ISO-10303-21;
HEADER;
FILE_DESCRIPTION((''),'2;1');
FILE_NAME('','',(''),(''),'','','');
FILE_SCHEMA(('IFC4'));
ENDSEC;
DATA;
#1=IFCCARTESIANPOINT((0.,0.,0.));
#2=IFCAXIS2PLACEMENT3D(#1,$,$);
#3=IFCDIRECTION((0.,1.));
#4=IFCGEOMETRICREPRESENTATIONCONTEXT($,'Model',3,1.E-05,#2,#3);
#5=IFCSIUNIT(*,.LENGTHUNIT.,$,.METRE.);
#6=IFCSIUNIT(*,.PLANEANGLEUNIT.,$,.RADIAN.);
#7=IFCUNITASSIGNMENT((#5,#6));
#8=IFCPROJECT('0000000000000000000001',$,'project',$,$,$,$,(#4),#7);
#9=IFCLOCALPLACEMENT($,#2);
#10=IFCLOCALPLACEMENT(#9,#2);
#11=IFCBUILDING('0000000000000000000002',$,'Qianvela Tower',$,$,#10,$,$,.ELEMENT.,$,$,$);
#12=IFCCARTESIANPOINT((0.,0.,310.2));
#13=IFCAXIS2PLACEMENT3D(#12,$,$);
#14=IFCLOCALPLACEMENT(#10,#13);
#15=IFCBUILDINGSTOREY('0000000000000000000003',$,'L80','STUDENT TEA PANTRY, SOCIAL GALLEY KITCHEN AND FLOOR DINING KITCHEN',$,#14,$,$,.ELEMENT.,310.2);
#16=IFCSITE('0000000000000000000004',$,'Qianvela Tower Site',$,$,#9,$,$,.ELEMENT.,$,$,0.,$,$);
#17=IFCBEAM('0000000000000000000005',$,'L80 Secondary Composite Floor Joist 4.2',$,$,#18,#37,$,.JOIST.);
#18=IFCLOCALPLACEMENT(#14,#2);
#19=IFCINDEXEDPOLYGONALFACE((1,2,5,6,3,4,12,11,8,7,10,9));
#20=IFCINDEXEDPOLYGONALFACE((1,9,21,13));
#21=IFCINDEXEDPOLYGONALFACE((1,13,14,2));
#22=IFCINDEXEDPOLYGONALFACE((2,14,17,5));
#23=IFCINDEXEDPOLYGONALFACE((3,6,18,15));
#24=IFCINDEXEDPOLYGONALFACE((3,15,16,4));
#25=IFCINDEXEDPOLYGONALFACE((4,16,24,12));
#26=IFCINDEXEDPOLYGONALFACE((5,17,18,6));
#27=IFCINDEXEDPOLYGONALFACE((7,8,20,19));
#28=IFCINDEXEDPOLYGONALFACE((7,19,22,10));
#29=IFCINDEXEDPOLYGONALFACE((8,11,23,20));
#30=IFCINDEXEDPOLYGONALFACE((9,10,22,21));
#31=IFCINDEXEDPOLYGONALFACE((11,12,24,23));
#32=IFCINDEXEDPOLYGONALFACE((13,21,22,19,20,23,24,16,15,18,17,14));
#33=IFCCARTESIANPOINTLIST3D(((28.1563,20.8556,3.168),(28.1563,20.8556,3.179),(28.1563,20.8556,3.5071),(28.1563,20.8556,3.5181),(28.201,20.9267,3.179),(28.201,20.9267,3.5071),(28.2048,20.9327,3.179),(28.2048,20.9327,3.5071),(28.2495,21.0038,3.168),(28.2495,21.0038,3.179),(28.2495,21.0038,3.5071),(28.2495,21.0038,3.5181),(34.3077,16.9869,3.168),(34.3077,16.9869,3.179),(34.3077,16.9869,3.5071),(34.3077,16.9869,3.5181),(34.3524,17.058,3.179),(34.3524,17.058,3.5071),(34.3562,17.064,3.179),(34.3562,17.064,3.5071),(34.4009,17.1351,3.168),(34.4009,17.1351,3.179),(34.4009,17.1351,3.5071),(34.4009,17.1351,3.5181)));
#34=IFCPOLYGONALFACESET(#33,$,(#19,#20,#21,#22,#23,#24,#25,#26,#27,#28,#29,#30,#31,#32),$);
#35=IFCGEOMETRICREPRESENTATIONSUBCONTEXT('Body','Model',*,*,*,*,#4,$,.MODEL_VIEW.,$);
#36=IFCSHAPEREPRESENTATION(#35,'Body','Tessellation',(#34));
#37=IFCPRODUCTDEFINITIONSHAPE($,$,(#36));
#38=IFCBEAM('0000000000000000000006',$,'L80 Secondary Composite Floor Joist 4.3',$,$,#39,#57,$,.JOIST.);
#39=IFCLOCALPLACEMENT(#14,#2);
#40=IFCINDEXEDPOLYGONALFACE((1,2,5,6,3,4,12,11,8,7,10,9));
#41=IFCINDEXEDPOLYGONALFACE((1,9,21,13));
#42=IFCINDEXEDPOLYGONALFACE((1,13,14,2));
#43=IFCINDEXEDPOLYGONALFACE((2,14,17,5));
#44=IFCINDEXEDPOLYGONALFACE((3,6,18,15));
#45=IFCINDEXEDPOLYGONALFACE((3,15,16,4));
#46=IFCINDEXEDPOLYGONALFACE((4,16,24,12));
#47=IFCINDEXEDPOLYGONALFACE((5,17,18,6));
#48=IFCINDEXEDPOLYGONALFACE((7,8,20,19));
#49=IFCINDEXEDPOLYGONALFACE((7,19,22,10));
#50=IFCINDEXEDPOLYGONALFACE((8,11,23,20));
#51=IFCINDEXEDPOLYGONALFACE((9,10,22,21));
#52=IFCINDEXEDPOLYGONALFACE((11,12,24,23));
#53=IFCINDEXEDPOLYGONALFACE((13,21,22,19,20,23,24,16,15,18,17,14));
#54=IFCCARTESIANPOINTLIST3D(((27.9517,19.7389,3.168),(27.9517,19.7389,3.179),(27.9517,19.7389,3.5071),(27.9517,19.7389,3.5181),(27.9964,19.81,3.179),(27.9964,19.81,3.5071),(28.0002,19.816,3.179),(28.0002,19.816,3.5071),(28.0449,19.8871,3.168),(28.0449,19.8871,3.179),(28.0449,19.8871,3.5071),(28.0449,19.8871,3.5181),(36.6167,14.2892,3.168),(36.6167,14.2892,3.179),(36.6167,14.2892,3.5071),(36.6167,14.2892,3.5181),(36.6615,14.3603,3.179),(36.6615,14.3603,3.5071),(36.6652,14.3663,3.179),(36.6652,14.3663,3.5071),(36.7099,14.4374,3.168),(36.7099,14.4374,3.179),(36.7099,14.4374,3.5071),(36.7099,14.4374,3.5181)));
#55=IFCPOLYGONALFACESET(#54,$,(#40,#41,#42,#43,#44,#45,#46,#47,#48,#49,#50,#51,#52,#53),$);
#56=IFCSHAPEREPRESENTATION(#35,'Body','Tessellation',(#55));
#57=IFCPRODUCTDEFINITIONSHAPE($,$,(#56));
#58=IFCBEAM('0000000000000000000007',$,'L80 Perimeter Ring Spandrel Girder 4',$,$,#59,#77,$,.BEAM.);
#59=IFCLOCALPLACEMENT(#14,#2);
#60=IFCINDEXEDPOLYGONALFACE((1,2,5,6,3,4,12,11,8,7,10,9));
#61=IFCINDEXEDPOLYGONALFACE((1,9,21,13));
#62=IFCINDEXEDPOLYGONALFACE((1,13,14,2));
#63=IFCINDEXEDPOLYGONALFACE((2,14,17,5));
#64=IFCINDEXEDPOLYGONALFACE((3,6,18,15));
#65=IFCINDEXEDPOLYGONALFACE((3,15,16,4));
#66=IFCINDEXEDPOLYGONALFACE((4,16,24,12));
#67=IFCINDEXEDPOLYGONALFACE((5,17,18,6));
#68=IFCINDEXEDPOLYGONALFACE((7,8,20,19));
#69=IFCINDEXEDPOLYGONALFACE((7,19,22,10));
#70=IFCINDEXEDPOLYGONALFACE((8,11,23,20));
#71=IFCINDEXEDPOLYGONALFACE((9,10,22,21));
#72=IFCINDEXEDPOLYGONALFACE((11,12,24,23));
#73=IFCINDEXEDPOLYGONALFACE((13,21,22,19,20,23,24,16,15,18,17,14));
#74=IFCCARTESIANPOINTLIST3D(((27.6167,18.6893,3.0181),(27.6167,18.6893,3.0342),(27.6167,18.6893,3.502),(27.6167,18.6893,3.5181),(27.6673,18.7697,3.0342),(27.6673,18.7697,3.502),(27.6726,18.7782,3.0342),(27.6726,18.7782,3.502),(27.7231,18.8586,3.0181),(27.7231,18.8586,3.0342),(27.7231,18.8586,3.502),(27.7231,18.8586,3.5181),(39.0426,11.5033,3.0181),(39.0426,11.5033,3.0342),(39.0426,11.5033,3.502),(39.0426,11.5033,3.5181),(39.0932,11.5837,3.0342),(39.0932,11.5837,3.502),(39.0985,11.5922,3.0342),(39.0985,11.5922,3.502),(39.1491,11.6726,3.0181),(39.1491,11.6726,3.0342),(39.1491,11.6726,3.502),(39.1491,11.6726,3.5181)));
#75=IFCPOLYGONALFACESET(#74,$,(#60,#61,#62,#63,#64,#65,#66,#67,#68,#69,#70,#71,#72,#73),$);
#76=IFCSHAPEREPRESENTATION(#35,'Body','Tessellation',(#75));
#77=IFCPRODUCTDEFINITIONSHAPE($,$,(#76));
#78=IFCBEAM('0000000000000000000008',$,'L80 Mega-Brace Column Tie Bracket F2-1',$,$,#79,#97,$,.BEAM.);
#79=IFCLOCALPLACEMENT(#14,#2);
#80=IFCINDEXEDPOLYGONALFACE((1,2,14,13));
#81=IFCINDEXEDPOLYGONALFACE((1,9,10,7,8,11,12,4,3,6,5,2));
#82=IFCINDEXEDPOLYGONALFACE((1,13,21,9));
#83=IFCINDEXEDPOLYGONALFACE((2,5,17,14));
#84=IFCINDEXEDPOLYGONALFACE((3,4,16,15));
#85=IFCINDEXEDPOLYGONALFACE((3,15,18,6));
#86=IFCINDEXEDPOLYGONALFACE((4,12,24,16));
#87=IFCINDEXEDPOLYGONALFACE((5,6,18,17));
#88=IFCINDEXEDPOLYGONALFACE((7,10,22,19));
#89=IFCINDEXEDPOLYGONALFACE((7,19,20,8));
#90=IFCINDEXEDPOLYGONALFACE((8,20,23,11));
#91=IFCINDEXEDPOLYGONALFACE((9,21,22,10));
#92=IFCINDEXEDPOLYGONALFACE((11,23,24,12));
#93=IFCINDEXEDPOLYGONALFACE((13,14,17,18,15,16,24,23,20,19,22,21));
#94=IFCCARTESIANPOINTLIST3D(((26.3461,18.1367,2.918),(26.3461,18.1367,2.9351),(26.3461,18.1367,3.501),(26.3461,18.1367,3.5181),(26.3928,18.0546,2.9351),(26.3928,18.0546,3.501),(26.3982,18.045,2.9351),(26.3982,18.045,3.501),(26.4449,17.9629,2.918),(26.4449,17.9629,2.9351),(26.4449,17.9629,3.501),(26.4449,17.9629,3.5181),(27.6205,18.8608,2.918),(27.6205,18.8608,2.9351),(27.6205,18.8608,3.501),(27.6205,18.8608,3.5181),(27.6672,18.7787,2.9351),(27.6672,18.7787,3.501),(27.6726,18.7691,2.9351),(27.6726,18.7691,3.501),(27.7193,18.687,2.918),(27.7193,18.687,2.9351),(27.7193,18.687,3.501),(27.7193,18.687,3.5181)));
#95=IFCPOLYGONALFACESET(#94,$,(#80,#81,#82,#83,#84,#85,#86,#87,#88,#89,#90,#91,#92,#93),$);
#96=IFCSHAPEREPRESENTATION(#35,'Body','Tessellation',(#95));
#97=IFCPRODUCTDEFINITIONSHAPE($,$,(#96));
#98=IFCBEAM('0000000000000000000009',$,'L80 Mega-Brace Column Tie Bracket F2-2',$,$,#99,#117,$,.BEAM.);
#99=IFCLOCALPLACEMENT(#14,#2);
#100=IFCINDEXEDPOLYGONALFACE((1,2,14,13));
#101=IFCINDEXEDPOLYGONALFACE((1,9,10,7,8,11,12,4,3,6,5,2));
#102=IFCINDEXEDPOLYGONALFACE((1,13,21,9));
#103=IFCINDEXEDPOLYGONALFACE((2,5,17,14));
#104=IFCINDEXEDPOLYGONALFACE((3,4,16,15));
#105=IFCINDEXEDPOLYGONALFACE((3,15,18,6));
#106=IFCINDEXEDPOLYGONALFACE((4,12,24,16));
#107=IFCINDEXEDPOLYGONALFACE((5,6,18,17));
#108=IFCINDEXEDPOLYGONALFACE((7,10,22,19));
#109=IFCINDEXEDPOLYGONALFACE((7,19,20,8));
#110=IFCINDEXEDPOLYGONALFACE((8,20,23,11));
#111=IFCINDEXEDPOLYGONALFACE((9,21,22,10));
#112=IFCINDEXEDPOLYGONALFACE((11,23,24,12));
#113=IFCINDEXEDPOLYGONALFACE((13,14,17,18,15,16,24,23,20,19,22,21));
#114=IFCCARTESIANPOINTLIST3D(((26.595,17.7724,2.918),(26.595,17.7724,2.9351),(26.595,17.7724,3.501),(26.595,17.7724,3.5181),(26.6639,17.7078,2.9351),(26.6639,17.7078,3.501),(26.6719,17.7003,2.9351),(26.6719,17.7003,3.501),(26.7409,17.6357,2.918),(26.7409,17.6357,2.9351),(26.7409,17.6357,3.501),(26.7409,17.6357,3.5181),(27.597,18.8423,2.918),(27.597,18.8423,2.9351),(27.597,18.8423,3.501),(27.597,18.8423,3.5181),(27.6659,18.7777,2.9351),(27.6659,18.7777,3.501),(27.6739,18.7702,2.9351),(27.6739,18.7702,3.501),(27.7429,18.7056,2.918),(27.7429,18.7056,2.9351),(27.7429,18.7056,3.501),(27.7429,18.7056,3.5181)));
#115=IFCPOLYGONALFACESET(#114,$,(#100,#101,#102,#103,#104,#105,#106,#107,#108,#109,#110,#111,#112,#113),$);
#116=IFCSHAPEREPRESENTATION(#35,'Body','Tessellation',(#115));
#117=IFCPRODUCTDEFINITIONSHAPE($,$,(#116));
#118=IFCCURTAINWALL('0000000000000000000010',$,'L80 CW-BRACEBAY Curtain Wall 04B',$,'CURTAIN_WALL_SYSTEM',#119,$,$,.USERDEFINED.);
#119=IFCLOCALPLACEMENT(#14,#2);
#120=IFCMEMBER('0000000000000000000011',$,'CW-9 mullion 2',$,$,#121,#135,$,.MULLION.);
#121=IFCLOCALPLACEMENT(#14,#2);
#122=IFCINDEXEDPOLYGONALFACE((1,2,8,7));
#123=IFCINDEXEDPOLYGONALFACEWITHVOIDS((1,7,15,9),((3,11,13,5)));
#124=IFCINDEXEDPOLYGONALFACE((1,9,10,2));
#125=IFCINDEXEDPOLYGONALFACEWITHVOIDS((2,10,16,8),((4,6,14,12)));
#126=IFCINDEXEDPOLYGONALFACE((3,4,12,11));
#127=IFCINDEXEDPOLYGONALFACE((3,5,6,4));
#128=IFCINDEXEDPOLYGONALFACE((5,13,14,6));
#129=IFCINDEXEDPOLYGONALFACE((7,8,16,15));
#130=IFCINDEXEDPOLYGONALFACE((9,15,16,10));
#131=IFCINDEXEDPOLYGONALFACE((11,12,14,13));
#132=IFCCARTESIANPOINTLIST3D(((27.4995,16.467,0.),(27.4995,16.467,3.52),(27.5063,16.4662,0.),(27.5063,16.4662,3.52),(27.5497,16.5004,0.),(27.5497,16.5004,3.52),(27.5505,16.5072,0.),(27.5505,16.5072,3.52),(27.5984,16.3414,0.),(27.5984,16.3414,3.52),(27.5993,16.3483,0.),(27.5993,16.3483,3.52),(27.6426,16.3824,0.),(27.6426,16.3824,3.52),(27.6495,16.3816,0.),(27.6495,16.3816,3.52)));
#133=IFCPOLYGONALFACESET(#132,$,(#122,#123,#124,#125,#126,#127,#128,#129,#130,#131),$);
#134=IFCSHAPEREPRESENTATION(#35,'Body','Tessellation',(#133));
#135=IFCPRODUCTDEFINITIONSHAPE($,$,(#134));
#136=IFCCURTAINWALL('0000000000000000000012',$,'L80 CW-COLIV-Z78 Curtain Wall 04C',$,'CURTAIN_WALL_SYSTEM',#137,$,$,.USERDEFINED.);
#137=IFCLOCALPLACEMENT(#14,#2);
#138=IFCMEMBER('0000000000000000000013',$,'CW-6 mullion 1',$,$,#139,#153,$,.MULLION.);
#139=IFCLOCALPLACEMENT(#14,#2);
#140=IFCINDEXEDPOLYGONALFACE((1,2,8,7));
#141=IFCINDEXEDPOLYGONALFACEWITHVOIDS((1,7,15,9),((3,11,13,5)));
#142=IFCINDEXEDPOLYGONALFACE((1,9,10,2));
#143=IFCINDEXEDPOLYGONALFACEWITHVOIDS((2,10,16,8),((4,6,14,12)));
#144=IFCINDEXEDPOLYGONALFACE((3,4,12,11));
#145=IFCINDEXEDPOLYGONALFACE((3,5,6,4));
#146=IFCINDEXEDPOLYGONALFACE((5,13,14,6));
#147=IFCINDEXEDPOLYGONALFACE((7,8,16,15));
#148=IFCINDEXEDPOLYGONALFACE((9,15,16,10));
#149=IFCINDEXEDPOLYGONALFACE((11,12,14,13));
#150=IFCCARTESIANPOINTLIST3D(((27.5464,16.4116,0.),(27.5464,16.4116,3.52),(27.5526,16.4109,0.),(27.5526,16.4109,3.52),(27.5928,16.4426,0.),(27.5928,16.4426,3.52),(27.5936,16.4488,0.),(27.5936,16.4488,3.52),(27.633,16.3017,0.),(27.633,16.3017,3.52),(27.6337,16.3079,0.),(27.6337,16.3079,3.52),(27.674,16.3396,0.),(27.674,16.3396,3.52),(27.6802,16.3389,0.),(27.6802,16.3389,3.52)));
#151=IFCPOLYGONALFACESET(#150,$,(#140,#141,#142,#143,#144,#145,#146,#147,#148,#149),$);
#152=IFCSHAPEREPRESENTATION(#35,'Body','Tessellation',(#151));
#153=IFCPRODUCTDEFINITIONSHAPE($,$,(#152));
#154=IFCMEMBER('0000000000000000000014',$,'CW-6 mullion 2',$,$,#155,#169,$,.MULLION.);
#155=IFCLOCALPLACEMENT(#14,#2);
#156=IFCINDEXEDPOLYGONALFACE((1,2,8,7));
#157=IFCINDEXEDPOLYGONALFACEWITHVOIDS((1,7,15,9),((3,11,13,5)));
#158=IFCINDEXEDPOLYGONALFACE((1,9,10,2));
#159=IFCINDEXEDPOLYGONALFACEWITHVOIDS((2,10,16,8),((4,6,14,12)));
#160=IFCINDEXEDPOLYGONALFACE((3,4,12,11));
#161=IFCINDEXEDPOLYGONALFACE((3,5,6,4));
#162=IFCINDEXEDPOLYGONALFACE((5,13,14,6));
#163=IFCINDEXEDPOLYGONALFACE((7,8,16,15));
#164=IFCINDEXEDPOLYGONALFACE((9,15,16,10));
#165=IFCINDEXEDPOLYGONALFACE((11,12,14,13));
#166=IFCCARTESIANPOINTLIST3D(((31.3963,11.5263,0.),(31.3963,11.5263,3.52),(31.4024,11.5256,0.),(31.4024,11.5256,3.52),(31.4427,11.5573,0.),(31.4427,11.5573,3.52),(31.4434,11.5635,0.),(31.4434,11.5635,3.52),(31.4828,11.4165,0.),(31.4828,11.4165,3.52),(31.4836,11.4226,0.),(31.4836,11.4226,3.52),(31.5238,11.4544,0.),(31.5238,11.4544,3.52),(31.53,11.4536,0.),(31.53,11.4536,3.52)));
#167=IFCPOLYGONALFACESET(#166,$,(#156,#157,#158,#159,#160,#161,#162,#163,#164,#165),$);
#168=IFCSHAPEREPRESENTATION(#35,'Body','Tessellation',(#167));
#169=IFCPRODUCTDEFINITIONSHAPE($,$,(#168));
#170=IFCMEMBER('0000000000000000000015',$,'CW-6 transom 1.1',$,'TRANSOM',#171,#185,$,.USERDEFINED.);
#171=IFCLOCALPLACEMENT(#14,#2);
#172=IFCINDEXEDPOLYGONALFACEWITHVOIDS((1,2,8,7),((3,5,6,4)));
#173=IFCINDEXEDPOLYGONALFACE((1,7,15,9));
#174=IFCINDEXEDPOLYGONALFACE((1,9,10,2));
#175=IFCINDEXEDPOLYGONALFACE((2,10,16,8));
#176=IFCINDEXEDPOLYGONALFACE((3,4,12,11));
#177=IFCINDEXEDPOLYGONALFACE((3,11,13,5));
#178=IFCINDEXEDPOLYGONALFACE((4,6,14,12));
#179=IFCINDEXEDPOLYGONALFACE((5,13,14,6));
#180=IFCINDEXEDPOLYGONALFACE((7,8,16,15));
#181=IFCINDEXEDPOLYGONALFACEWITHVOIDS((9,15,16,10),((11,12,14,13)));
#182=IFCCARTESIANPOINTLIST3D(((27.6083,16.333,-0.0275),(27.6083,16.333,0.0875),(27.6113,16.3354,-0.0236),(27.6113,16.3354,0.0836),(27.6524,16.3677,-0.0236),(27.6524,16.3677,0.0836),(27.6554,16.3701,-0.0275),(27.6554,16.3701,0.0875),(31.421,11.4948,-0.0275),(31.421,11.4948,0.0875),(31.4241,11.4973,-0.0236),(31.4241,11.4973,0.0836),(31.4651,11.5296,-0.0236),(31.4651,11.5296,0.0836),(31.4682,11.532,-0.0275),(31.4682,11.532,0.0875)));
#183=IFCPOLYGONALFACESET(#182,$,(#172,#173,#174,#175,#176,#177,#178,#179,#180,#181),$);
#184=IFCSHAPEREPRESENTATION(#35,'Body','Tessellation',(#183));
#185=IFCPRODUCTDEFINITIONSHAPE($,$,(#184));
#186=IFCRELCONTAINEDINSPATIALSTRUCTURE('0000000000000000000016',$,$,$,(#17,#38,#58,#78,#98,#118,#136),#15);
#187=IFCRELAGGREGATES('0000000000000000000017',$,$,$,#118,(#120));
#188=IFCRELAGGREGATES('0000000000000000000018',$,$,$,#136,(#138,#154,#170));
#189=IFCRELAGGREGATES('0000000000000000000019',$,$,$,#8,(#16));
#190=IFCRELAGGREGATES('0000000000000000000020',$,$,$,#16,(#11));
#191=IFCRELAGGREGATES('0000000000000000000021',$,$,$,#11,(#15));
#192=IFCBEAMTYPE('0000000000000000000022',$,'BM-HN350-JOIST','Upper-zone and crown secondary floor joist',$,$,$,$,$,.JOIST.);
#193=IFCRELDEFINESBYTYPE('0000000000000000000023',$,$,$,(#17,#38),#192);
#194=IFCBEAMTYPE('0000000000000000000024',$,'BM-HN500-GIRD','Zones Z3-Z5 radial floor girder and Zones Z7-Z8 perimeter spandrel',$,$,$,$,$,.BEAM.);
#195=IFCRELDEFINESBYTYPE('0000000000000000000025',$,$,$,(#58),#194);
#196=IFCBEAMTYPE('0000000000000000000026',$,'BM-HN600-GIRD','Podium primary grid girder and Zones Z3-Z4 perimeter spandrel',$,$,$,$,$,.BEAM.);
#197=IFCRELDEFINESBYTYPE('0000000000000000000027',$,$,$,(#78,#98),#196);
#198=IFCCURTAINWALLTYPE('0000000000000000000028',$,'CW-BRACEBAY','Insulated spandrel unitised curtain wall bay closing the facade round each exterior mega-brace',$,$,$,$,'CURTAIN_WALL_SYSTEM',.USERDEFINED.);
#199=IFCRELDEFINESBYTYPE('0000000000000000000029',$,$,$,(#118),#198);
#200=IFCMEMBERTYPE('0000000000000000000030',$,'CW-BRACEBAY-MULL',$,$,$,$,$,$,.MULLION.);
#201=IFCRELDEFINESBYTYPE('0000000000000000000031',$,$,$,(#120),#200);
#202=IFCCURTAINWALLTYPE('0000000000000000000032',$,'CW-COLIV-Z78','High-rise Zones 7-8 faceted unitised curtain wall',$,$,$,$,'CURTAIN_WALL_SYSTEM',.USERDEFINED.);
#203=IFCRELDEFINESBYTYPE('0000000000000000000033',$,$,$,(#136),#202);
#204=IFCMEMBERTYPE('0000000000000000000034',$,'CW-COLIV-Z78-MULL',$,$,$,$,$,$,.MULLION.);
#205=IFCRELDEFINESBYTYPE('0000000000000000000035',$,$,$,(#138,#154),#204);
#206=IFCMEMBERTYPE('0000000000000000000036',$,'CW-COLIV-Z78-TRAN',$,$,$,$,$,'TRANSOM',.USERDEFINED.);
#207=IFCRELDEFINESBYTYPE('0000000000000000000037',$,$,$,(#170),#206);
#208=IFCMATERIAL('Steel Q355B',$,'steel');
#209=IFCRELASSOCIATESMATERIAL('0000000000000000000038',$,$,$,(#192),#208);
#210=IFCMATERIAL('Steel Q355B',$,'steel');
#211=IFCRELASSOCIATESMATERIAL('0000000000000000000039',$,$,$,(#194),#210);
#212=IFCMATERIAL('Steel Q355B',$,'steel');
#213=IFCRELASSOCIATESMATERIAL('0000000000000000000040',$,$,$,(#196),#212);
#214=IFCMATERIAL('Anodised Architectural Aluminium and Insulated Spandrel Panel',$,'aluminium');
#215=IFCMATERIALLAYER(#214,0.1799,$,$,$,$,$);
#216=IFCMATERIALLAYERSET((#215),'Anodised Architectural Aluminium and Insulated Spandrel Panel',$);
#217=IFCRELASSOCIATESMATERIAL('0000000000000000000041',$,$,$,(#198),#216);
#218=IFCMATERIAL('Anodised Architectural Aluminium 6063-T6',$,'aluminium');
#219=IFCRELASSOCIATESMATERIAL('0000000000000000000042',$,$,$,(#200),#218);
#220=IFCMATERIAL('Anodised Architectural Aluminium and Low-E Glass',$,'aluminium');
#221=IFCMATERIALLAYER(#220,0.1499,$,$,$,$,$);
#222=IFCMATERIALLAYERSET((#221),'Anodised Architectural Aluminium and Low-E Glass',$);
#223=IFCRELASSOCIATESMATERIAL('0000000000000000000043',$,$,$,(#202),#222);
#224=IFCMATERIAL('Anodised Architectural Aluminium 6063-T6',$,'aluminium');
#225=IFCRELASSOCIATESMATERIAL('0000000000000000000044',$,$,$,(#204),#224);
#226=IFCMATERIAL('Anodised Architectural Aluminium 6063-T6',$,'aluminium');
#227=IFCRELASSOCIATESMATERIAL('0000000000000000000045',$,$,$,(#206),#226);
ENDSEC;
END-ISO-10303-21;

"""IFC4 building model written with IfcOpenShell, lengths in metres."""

from ifc_helpers import new_model, si_unit, direction, frame, origin, origin_2d, place, context, subcontext, project, spatial, hollow_rectangle, i_section, extrude, material, layer, layer_set, material_profile, profile_set, type_object, element, aggregate, save


model = new_model("IFC4")

# Units and contexts
model_context = context("Model", 3, precision=1e-05, world=origin(), true_north=direction((0.0, 1.0)))
body_context = subcontext(model_context, "Body", "Model", "MODEL_VIEW")
ifc_project = project(units=[si_unit("LENGTHUNIT", "METRE"), si_unit("PLANEANGLEUNIT", "RADIAN")], contexts=[model_context])

# Site, building, storey
site_placement = place(None, origin())
site = spatial("IfcSite", under=ifc_project, at=site_placement, Name="Qianvela Tower Site", CompositionType="ELEMENT", RefElevation=0.0)
building_placement = place(site_placement, origin())
building = spatial("IfcBuilding", under=site, at=building_placement, Name="Qianvela Tower", CompositionType="ELEMENT")
storey_placement = place(building_placement, frame((0.0, 0.0, 310.2)))
storey = spatial("IfcBuildingStorey", under=building, at=storey_placement, Name="L80", Description="STUDENT TEA PANTRY, SOCIAL GALLEY KITCHEN AND FLOOR DINING KITCHEN", CompositionType="ELEMENT", Elevation=310.2)

# Beams
ifc_material_1 = material(Name="Steel Q355B", Category="steel")
ifc_material_profile_1 = material_profile(ifc_material_1, i_section(OverallWidth=0.175, OverallDepth=0.3501, WebThickness=0.0071, FlangeThickness=0.011, at=origin_2d()), Name="HN350x175x7x11")
ifc_profile_set_1 = profile_set([ifc_material_profile_1], Name="Steel Q355B")
beam_type_1 = type_object("IfcBeamType", Name="BM-HN350-JOIST", Description="Upper-zone and crown secondary floor joist", PredefinedType="JOIST", material=ifc_profile_set_1)
beam_1_placement = place(storey_placement, frame((28.2029, 20.9297, 3.343), z_axis=(0.846508, -0.532377, 0.0), x_axis=(0.532377, 0.846508, 0.0)))
element("IfcBeam", 1, at=beam_1_placement, inside=storey, type_object=beam_type_1, Name="L80 Secondary Composite Floor Joist 4.2", PredefinedType="JOIST", context=body_context, shape_type="SweptSolid", body=[
    extrude(i_section(OverallWidth=0.175, OverallDepth=0.3501, WebThickness=0.0071, FlangeThickness=0.011, at=origin_2d()), origin(), (0.0, 0.0, 1.0), 7.2668),
])
beam_2_placement = place(storey_placement, frame((27.9983, 19.813, 3.343), z_axis=(0.8465, -0.532389, 0.0), x_axis=(0.532389, 0.8465, 0.0)))
element("IfcBeam", 2, at=beam_2_placement, inside=storey, type_object=beam_type_1, Name="L80 Secondary Composite Floor Joist 4.3", PredefinedType="JOIST", context=body_context, shape_type="SweptSolid", body=[
    extrude(i_section(OverallWidth=0.175, OverallDepth=0.3501, WebThickness=0.0071, FlangeThickness=0.011, at=origin_2d()), origin(), (0.0, 0.0, 1.0), 10.2363),
])
ifc_material_2 = material(Name="Steel Q355B", Category="steel")
ifc_material_profile_2 = material_profile(ifc_material_2, i_section(OverallWidth=0.2, OverallDepth=0.5, WebThickness=0.01, FlangeThickness=0.0161, at=origin_2d()), Name="HN500x200x10x16")
ifc_profile_set_2 = profile_set([ifc_material_profile_2], Name="Steel Q355B")
beam_type_2 = type_object("IfcBeamType", Name="BM-HN500-GIRD", Description="Zones Z3-Z5 radial floor girder and Zones Z7-Z8 perimeter spandrel", PredefinedType="BEAM", material=ifc_profile_set_2)
beam_3_placement = place(storey_placement, frame((27.6699, 18.7739, 3.2681), z_axis=(0.846504, -0.532382, 0.0), x_axis=(0.532382, 0.846504, 0.0)))
element("IfcBeam", 3, at=beam_3_placement, inside=storey, type_object=beam_type_2, Name="L80 Perimeter Ring Spandrel Girder 4", PredefinedType="BEAM", context=body_context, shape_type="SweptSolid", body=[
    extrude(i_section(OverallWidth=0.2, OverallDepth=0.5, WebThickness=0.01, FlangeThickness=0.0161, at=origin_2d()), origin(), (0.0, 0.0, 1.0), 13.4978),
])
ifc_material_3 = material(Name="Steel Q355B", Category="steel")
ifc_material_profile_3 = material_profile(ifc_material_3, i_section(OverallWidth=0.2, OverallDepth=0.6001, WebThickness=0.011, FlangeThickness=0.0171, at=origin_2d()), Name="HN600x200x11x17")
ifc_profile_set_3 = profile_set([ifc_material_profile_3], Name="Steel Q355B")
beam_type_3 = type_object("IfcBeamType", Name="BM-HN600-GIRD", Description="Podium primary grid girder and Zones Z3-Z4 perimeter spandrel", PredefinedType="BEAM", material=ifc_profile_set_3)
for number, where, z_axis, x_axis, name in (
    (4, (27.6699, 18.7739, 3.218), (-0.86945, -0.494021, 0.0), (0.494021, -0.86945, 0.0), "L80 Mega-Brace Column Tie Bracket F2-1"),
    (5, (27.6699, 18.7739, 3.218), (-0.683575, -0.72988, 0.0), (0.72988, -0.683575, 0.0), "L80 Mega-Brace Column Tie Bracket F2-2"),
):
    element("IfcBeam", number, at=place(storey_placement, frame(where, z_axis=z_axis, x_axis=x_axis)), inside=storey, type_object=beam_type_3, Name=name, PredefinedType="BEAM", context=body_context, shape_type="SweptSolid", body=[
        extrude(i_section(OverallWidth=0.2, OverallDepth=0.6001, WebThickness=0.011, FlangeThickness=0.0171, at=origin_2d()), origin(), (0.0, 0.0, 1.0), 1.4658),
    ])

# Curtain wall, member
ifc_material_4 = material(Name="Anodised Architectural Aluminium and Insulated Spandrel Panel", Category="aluminium")
ifc_layer_1 = layer(ifc_material_4, 0.1799)
ifc_layer_set_1 = layer_set([ifc_layer_1], Name="Anodised Architectural Aluminium and Insulated Spandrel Panel")
curtain_wall_type_1 = type_object("IfcCurtainWallType", Name="CW-BRACEBAY", Description="Insulated spandrel unitised curtain wall bay closing the facade round each exterior mega-brace", ElementType="CURTAIN_WALL_SYSTEM", PredefinedType="USERDEFINED", material=ifc_layer_set_1)
curtain_wall_1_placement = place(storey_placement, origin())
curtain_wall_1 = element("IfcCurtainWall", 6, at=curtain_wall_1_placement, inside=storey, type_object=curtain_wall_type_1, Name="L80 CW-BRACEBAY Curtain Wall 04B", ObjectType="CURTAIN_WALL_SYSTEM", PredefinedType="USERDEFINED")
ifc_material_5 = material(Name="Anodised Architectural Aluminium 6063-T6", Category="aluminium")
ifc_material_profile_4 = material_profile(ifc_material_5, hollow_rectangle(XDim=0.0649, YDim=0.1599, WallThickness=0.0049, at=origin_2d()), Name="ALU-MULL-65x160")
ifc_profile_set_4 = profile_set([ifc_material_profile_4], Name="Anodised Architectural Aluminium 6063-T6")
member_type_1 = type_object("IfcMemberType", Name="CW-BRACEBAY-MULL", PredefinedType="MULLION", material=ifc_profile_set_4)
member_1_placement = place(storey_placement, frame((27.5745, 16.4243, 0.0), z_axis=(0.0, 0.0, 1.0), x_axis=(0.785424, 0.618959, 0.0)))
member_1 = element("IfcMember", 7, at=member_1_placement, type_object=member_type_1, Name="CW-9 mullion 2", PredefinedType="MULLION", context=body_context, shape_type="SweptSolid", body=[
    extrude(hollow_rectangle(XDim=0.0649, YDim=0.1599, WallThickness=0.0049, at=origin_2d()), origin(), (0.0, 0.0, 1.0), 3.52),
])
aggregate(curtain_wall_1, [member_1])

# Curtain wall, members
ifc_material_6 = material(Name="Anodised Architectural Aluminium and Low-E Glass", Category="aluminium")
ifc_layer_2 = layer(ifc_material_6, 0.1499)
ifc_layer_set_2 = layer_set([ifc_layer_2], Name="Anodised Architectural Aluminium and Low-E Glass")
curtain_wall_type_2 = type_object("IfcCurtainWallType", Name="CW-COLIV-Z78", Description="High-rise Zones 7-8 faceted unitised curtain wall", ElementType="CURTAIN_WALL_SYSTEM", PredefinedType="USERDEFINED", material=ifc_layer_set_2)
curtain_wall_2_placement = place(storey_placement, origin())
curtain_wall_2 = element("IfcCurtainWall", 8, at=curtain_wall_2_placement, inside=storey, type_object=curtain_wall_type_2, Name="L80 CW-COLIV-Z78 Curtain Wall 04C", ObjectType="CURTAIN_WALL_SYSTEM", PredefinedType="USERDEFINED")
ifc_material_7 = material(Name="Anodised Architectural Aluminium 6063-T6", Category="aluminium")
ifc_material_profile_5 = material_profile(ifc_material_7, hollow_rectangle(XDim=0.0601, YDim=0.1399, WallThickness=0.0044, at=origin_2d()), Name="ALU-MULL-60x140")
ifc_profile_set_5 = profile_set([ifc_material_profile_5], Name="Anodised Architectural Aluminium 6063-T6")
member_type_2 = type_object("IfcMemberType", Name="CW-COLIV-Z78-MULL", PredefinedType="MULLION", material=ifc_profile_set_5)
member_2_placement = place(storey_placement, frame((27.6133, 16.3752, 0.0), z_axis=(0.0, 0.0, 1.0), x_axis=(0.78542, 0.618963, 0.0)))
member_2 = element("IfcMember", 9, at=member_2_placement, type_object=member_type_2, Name="CW-6 mullion 1", PredefinedType="MULLION", context=body_context, shape_type="SweptSolid", body=[
    extrude(hollow_rectangle(XDim=0.0601, YDim=0.1399, WallThickness=0.0044, at=origin_2d()), origin(), (0.0, 0.0, 1.0), 3.52),
])
member_3_placement = place(storey_placement, frame((31.4631, 11.49, 0.0), z_axis=(0.0, 0.0, 1.0), x_axis=(0.78542, 0.618963, 0.0)))
member_3 = element("IfcMember", 10, at=member_3_placement, type_object=member_type_2, Name="CW-6 mullion 2", PredefinedType="MULLION", context=body_context, shape_type="SweptSolid", body=[
    extrude(hollow_rectangle(XDim=0.0601, YDim=0.1399, WallThickness=0.0044, at=origin_2d()), origin(), (0.0, 0.0, 1.0), 3.52),
])
ifc_material_8 = material(Name="Anodised Architectural Aluminium 6063-T6", Category="aluminium")
ifc_material_profile_6 = material_profile(ifc_material_8, hollow_rectangle(XDim=0.0601, YDim=0.115, WallThickness=0.0039, at=origin_2d()), Name="ALU-TRAN-60x115")
ifc_profile_set_6 = profile_set([ifc_material_profile_6], Name="Anodised Architectural Aluminium 6063-T6")
member_type_3 = type_object("IfcMemberType", Name="CW-COLIV-Z78-TRAN", ElementType="TRANSOM", PredefinedType="USERDEFINED", material=ifc_profile_set_6)
member_4_placement = place(storey_placement, frame((27.6318, 16.3516, 0.03), z_axis=(0.61896, -0.785422, 0.0), x_axis=(0.785422, 0.61896, 0.0)))
member_4 = element("IfcMember", 11, at=member_4_placement, type_object=member_type_3, Name="CW-6 transom 1.1", ObjectType="TRANSOM", PredefinedType="USERDEFINED", context=body_context, shape_type="SweptSolid", body=[
    extrude(hollow_rectangle(XDim=0.0601, YDim=0.115, WallThickness=0.0039, at=origin_2d()), origin(), (0.0, 0.0, 1.0), 6.1599),
])

aggregate(curtain_wall_2, [member_2, member_3, member_4])

save(model, "model.ifc")
